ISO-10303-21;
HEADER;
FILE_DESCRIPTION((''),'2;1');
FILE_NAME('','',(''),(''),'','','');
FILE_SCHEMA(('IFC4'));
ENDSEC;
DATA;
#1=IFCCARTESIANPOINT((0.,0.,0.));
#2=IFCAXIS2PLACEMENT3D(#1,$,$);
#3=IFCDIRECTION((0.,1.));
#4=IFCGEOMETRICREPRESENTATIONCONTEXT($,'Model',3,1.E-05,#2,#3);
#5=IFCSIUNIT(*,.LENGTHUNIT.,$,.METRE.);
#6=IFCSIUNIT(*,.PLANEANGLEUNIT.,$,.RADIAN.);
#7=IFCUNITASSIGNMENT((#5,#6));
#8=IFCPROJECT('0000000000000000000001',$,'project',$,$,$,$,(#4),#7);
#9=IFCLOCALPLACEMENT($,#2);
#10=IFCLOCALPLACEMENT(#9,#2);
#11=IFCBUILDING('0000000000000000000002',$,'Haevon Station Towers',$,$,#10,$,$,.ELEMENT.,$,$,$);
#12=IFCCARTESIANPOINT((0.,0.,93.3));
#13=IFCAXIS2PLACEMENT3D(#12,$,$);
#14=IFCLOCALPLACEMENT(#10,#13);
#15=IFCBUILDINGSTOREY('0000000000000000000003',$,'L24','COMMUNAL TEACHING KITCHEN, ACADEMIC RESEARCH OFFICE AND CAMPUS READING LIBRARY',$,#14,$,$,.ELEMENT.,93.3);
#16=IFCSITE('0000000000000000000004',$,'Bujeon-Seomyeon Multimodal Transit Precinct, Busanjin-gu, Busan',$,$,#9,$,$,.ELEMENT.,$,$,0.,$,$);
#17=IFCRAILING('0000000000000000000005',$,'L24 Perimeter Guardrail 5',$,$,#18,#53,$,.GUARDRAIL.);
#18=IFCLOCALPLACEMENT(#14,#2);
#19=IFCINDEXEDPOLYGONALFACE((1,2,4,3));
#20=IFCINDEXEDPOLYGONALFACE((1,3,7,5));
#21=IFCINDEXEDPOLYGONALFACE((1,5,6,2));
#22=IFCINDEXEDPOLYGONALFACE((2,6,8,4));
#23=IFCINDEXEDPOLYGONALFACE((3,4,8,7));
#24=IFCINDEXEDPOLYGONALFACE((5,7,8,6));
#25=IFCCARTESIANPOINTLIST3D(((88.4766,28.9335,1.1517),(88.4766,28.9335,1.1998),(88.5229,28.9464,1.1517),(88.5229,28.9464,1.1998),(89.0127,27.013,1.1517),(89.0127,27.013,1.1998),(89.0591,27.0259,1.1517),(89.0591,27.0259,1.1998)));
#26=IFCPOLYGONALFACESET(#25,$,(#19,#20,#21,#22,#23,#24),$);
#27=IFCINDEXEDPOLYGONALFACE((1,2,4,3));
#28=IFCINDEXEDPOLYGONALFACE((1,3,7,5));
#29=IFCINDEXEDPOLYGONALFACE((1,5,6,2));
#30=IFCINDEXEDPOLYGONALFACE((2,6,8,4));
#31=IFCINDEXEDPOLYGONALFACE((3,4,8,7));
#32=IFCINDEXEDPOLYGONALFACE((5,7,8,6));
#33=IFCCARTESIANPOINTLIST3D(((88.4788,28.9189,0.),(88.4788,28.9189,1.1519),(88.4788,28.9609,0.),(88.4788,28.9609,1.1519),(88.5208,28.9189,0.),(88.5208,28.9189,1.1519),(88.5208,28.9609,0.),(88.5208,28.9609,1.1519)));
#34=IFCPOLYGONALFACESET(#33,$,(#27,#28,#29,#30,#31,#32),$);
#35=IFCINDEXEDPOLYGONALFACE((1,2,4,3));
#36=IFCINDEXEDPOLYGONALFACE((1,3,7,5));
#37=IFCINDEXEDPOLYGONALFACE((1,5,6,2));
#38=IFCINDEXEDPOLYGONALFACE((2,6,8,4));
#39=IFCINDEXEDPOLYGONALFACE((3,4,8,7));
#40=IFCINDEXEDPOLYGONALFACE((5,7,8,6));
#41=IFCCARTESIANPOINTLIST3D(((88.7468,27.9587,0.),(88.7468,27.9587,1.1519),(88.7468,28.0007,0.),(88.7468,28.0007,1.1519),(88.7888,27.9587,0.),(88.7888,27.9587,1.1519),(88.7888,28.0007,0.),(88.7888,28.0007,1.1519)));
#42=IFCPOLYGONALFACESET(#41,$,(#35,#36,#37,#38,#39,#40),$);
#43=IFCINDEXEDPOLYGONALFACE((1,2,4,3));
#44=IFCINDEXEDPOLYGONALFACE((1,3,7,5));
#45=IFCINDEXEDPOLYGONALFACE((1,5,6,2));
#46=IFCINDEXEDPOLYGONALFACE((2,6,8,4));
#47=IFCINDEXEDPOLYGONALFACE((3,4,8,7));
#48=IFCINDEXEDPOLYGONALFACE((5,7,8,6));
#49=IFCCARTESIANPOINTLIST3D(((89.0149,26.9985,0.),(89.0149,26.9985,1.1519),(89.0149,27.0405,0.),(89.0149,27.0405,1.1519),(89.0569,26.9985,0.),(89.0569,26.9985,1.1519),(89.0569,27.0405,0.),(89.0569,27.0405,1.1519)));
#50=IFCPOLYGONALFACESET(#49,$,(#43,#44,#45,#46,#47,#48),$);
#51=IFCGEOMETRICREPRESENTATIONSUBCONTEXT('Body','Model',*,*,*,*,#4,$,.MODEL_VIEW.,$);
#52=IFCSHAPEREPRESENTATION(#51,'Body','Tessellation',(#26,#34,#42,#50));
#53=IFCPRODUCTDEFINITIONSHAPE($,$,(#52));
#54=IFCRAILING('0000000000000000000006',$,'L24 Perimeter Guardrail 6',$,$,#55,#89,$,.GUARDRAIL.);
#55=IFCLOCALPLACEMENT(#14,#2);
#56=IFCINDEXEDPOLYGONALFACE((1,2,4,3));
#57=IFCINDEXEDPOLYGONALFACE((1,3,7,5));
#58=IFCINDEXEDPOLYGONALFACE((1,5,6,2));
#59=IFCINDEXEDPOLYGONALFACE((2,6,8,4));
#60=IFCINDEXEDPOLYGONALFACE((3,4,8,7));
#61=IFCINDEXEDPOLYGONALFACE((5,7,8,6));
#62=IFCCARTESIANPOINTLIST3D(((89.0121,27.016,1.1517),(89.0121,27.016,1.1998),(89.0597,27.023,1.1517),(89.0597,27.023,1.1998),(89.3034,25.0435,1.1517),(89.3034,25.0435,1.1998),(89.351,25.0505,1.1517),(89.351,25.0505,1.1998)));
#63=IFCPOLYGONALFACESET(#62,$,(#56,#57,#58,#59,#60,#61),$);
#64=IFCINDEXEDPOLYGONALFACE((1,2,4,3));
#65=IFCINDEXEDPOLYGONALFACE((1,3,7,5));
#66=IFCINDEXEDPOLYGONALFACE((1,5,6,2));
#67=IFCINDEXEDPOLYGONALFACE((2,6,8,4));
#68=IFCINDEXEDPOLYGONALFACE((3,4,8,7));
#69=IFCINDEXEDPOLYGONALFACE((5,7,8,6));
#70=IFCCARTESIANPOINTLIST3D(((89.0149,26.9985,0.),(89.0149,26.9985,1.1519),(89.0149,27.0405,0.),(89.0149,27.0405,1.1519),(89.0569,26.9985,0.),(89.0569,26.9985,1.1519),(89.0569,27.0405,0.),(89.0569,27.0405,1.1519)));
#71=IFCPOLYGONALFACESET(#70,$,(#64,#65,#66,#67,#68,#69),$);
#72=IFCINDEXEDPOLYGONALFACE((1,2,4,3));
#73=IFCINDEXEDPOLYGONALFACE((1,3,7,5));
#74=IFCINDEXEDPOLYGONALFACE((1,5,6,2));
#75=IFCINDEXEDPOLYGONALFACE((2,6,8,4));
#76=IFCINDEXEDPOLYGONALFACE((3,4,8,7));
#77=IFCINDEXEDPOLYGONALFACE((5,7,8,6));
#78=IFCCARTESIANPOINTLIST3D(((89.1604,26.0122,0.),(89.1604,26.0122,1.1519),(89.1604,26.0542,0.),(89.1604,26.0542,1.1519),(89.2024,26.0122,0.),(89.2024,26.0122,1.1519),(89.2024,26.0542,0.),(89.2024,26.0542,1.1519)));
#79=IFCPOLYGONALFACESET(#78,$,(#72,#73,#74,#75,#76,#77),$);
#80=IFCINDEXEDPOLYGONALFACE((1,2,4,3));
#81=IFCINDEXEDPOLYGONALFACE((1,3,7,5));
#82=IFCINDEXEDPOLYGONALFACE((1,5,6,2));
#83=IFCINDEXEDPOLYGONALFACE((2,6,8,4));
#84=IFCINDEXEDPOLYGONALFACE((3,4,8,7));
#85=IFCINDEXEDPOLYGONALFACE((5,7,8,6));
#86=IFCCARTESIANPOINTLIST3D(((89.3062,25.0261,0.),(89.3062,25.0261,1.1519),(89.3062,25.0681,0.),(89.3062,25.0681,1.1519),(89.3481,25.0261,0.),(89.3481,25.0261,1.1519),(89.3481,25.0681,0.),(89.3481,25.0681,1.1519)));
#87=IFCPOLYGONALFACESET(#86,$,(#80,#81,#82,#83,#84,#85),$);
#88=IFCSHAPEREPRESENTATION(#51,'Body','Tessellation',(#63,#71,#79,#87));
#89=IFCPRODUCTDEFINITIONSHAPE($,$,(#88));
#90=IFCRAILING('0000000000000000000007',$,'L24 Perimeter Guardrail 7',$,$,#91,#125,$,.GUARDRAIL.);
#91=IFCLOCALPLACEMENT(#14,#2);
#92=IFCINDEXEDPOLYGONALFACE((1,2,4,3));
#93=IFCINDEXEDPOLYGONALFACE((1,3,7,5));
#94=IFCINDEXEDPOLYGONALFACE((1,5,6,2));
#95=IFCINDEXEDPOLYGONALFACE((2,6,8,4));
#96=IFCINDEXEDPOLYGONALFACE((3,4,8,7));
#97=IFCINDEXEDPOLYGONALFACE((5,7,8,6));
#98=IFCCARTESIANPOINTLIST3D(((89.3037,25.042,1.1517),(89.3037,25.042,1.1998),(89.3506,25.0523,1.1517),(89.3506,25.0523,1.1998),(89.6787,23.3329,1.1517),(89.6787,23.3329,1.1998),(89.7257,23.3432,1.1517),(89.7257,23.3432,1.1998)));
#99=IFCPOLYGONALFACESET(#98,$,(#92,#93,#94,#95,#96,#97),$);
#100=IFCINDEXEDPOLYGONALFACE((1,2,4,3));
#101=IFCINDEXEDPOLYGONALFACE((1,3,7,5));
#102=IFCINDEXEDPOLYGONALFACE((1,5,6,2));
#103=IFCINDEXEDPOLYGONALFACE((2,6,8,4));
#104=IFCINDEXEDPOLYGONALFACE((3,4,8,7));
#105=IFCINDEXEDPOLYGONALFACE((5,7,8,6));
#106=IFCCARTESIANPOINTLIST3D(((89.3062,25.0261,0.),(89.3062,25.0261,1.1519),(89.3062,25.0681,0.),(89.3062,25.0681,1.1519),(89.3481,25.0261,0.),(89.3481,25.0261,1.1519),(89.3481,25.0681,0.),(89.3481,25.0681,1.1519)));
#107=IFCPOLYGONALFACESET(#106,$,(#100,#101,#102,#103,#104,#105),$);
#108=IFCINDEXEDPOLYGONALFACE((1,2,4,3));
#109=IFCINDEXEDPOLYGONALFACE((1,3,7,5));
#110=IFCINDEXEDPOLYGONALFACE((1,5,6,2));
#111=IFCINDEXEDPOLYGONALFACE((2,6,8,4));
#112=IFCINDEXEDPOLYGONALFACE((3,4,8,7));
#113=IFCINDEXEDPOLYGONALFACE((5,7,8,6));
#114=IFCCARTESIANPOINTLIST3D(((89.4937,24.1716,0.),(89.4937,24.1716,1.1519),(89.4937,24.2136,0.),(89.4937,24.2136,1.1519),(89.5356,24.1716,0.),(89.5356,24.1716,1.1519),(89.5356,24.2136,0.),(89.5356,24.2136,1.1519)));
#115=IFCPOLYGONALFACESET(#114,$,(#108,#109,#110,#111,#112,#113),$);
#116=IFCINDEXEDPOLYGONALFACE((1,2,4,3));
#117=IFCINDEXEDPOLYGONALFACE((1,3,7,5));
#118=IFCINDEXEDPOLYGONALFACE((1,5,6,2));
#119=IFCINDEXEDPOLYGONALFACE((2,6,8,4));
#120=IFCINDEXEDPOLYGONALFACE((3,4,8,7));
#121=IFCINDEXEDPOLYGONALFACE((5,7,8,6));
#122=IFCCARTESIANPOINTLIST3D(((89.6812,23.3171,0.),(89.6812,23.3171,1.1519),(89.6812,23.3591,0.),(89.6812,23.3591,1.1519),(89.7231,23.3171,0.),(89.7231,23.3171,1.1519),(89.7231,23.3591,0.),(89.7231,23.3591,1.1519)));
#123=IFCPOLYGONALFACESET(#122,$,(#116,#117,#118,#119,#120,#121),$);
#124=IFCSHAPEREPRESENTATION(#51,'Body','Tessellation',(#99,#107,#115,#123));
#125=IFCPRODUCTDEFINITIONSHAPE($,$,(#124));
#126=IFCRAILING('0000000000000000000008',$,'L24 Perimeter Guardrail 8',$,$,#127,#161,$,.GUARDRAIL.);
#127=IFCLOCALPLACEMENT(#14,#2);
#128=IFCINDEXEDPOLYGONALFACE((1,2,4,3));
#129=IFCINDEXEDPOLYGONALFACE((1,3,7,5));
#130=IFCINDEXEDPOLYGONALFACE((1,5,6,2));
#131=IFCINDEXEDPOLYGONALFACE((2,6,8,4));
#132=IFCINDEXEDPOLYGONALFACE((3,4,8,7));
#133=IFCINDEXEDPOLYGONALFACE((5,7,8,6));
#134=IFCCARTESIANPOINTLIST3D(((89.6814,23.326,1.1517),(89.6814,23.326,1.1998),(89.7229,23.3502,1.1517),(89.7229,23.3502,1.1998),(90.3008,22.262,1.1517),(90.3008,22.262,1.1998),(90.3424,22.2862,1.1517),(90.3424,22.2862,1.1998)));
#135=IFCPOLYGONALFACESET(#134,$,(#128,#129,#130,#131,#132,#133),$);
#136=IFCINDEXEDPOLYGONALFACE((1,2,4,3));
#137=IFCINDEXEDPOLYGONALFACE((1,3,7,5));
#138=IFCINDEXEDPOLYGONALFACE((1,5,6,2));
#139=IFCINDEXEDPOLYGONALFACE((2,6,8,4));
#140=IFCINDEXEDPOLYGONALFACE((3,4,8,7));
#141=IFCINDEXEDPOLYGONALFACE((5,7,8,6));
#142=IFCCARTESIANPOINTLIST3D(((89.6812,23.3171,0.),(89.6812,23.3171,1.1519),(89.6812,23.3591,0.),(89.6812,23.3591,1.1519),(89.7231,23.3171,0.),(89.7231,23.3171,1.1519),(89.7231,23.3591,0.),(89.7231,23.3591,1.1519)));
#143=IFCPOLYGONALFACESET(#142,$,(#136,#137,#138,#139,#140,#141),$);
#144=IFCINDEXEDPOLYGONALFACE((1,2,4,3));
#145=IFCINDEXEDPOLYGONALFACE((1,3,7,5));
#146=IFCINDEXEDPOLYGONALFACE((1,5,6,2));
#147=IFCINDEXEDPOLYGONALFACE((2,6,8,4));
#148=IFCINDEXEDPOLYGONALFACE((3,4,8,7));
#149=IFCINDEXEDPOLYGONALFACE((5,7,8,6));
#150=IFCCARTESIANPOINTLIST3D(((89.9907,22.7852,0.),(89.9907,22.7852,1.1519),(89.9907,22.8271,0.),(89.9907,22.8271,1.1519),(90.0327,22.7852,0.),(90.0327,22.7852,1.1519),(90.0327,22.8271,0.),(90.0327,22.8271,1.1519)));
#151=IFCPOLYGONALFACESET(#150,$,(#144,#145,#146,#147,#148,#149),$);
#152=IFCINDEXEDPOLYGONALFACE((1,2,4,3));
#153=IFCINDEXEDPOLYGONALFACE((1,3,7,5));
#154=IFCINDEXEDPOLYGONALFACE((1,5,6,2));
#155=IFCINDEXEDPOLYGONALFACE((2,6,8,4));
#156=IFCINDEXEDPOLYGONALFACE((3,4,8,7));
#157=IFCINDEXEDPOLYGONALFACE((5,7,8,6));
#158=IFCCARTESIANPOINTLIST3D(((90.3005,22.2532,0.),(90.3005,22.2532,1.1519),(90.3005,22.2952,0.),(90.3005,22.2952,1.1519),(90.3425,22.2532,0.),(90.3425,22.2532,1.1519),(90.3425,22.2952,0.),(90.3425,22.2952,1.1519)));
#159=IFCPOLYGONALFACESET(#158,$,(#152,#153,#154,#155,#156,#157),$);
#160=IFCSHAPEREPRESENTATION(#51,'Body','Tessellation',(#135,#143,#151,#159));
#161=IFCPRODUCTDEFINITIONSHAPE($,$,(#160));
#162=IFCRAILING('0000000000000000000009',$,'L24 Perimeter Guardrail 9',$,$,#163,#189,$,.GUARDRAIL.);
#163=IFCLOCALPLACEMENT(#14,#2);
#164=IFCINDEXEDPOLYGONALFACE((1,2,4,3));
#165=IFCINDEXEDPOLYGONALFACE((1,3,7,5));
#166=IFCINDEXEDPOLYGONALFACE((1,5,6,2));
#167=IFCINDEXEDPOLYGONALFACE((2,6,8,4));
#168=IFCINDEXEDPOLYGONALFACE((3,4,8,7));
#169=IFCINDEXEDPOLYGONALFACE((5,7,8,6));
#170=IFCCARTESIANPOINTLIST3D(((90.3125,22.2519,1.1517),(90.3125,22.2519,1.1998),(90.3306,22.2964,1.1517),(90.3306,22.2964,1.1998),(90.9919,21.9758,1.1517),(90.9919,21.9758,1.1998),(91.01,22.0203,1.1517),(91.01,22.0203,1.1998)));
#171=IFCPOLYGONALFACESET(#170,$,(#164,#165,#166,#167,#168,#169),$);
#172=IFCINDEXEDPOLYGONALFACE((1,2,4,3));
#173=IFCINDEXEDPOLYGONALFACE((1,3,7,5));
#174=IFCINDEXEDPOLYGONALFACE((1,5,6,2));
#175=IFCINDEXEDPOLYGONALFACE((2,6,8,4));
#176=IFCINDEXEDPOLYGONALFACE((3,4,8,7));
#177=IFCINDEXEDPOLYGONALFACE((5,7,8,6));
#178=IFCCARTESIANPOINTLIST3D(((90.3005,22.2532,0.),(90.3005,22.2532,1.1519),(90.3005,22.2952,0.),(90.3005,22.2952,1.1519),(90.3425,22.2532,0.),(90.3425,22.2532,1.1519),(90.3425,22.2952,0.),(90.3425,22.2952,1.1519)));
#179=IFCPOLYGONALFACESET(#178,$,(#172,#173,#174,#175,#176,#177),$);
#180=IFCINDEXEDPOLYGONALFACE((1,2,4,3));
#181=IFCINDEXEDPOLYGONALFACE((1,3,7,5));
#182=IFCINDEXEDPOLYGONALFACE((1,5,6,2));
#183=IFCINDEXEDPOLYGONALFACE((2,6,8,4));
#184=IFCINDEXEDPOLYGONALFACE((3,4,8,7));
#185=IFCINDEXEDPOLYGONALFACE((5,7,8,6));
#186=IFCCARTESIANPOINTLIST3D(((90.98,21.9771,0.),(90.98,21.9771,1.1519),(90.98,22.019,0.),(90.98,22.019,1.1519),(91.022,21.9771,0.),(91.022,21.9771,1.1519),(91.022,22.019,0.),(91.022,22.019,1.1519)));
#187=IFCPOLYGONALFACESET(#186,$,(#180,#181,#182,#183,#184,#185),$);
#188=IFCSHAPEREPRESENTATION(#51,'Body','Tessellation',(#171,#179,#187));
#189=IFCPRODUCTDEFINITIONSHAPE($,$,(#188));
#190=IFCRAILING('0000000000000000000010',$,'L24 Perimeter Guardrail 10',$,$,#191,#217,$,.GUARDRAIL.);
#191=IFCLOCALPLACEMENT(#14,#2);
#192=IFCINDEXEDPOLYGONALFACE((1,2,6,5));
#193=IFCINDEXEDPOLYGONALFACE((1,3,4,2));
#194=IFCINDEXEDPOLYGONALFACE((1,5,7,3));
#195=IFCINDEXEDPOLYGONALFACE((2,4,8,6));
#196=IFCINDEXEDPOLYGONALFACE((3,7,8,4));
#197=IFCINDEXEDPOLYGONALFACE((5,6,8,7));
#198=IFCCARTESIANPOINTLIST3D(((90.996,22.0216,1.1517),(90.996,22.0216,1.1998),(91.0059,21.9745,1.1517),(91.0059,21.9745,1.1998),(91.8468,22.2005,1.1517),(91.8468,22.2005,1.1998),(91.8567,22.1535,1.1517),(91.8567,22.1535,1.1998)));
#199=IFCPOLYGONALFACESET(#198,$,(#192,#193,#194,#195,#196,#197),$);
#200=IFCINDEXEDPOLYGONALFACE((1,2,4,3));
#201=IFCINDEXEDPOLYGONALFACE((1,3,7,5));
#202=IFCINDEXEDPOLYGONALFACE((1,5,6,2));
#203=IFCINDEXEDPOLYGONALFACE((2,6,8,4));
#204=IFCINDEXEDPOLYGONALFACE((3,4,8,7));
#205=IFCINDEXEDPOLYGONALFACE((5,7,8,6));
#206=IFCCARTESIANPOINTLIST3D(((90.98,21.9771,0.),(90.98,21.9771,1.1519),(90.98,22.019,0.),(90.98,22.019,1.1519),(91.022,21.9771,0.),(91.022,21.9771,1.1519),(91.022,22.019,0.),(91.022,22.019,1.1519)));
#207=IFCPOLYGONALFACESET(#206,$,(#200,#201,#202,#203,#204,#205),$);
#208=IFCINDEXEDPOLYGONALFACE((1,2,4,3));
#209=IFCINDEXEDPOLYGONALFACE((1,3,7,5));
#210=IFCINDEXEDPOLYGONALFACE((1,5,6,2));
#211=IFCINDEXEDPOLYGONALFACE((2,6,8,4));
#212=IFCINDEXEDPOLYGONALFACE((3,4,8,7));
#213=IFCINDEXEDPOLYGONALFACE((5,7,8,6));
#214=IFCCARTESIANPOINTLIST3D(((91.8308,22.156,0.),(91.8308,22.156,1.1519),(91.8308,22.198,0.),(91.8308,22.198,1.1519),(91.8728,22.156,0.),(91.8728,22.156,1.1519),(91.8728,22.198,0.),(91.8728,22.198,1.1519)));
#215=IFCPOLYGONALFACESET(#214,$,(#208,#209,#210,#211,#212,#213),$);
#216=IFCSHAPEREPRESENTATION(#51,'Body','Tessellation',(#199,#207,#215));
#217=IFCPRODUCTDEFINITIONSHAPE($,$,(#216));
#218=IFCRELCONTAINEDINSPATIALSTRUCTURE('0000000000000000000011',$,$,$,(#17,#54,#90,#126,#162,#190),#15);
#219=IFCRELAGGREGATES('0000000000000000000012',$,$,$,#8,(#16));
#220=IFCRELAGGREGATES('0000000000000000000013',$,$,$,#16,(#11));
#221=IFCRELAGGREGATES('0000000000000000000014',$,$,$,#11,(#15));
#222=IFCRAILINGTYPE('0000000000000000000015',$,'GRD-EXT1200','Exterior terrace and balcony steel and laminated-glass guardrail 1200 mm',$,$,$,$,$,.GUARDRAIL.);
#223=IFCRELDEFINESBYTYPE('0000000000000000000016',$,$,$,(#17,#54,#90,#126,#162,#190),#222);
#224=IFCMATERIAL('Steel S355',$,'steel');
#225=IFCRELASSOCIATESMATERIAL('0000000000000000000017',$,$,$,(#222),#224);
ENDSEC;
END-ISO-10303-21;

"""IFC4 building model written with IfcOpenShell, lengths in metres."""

from ifc_helpers import new_model, si_unit, direction, frame, origin, origin_2d, place, context, subcontext, project, spatial, rectangle, extrude, material, type_object, element, save


model = new_model("IFC4")

# Units and contexts
model_context = context("Model", 3, precision=1e-05, world=origin(), true_north=direction((0.0, 1.0)))
body_context = subcontext(model_context, "Body", "Model", "MODEL_VIEW")
ifc_project = project(units=[si_unit("LENGTHUNIT", "METRE"), si_unit("PLANEANGLEUNIT", "RADIAN")], contexts=[model_context])

# Site, building, storey
site_placement = place(None, origin())
site = spatial("IfcSite", under=ifc_project, at=site_placement, Name="Bujeon-Seomyeon Multimodal Transit Precinct, Busanjin-gu, Busan", CompositionType="ELEMENT", RefElevation=0.0)
building_placement = place(site_placement, origin())
building = spatial("IfcBuilding", under=site, at=building_placement, Name="Haevon Station Towers", CompositionType="ELEMENT")
storey_placement = place(building_placement, frame((0.0, 0.0, 93.3)))
storey = spatial("IfcBuildingStorey", under=building, at=storey_placement, Name="L24", Description="COMMUNAL TEACHING KITCHEN, ACADEMIC RESEARCH OFFICE AND CAMPUS READING LIBRARY", CompositionType="ELEMENT", Elevation=93.3)

# Shared definitions
ifc_material_1 = material(Name="Steel S355", Category="steel")

# Railings
railing_type = type_object("IfcRailingType", Name="GRD-EXT1200", Description="Exterior terrace and balcony steel and laminated-glass guardrail 1200 mm", PredefinedType="GUARDRAIL", material=ifc_material_1)
railing_1_placement = place(storey_placement, frame((88.4998, 28.9399, 0.0)))
element("IfcRailing", 1, at=railing_1_placement, inside=storey, type_object=railing_type, Name="L24 Perimeter Guardrail 5", PredefinedType="GUARDRAIL", context=body_context, shape_type="SweptSolid", body=[
    extrude(rectangle(XDim=0.0481, YDim=0.0481, at=origin_2d()), frame((0.0, 0.0, 1.1758), z_axis=(0.268894, -0.96317, 0.0), x_axis=(0.96317, 0.268894, 0.0)), (0.0, 0.0, 1.0), 1.9939),
    extrude(rectangle(XDim=0.042, YDim=0.042, at=origin_2d()), origin(), (0.0, 0.0, 1.0), 1.1519),
    extrude(rectangle(XDim=0.042, YDim=0.042, at=origin_2d()), frame((0.2681, -0.9602, 0.0)), (0.0, 0.0, 1.0), 1.1519),
    extrude(rectangle(XDim=0.042, YDim=0.042, at=origin_2d()), frame((0.5361, -1.9204, 0.0)), (0.0, 0.0, 1.0), 1.1519),
])
railing_2_placement = place(storey_placement, frame((89.0359, 27.0195, 0.0)))
element("IfcRailing", 2, at=railing_2_placement, inside=storey, type_object=railing_type, Name="L24 Perimeter Guardrail 6", PredefinedType="GUARDRAIL", context=body_context, shape_type="SweptSolid", body=[
    extrude(rectangle(XDim=0.0481, YDim=0.0481, at=origin_2d()), frame((0.0, 0.0, 1.1758), z_axis=(0.146083, -0.989272, 0.0), x_axis=(0.989272, 0.146083, 0.0)), (0.0, 0.0, 1.0), 1.9939),
    extrude(rectangle(XDim=0.042, YDim=0.042, at=origin_2d()), origin(), (0.0, 0.0, 1.0), 1.1519),
    extrude(rectangle(XDim=0.042, YDim=0.042, at=origin_2d()), frame((0.1455, -0.9863, 0.0)), (0.0, 0.0, 1.0), 1.1519),
    extrude(rectangle(XDim=0.042, YDim=0.042, at=origin_2d()), frame((0.2913, -1.9724, 0.0)), (0.0, 0.0, 1.0), 1.1519),
])
railing_3_placement = place(storey_placement, frame((89.3271, 25.0471, 0.0)))
element("IfcRailing", 3, at=railing_3_placement, inside=storey, type_object=railing_type, Name="L24 Perimeter Guardrail 7", PredefinedType="GUARDRAIL", context=body_context, shape_type="SweptSolid", body=[
    extrude(rectangle(XDim=0.0481, YDim=0.0481, at=origin_2d()), frame((0.0, 0.0, 1.1758), z_axis=(0.214329, -0.976761, 0.0), x_axis=(0.976761, 0.214329, 0.0)), (0.0, 0.0, 1.0), 1.7498),
    extrude(rectangle(XDim=0.042, YDim=0.042, at=origin_2d()), origin(), (0.0, 0.0, 1.0), 1.1519),
    extrude(rectangle(XDim=0.042, YDim=0.042, at=origin_2d()), frame((0.1875, -0.8545, 0.0)), (0.0, 0.0, 1.0), 1.1519),
    extrude(rectangle(XDim=0.042, YDim=0.042, at=origin_2d()), frame((0.375, -1.709, 0.0)), (0.0, 0.0, 1.0), 1.1519),
])
railing_4_placement = place(storey_placement, frame((89.7021, 23.3381, 0.0)))
element("IfcRailing", 4, at=railing_4_placement, inside=storey, type_object=railing_type, Name="L24 Perimeter Guardrail 8", PredefinedType="GUARDRAIL", context=body_context, shape_type="SweptSolid", body=[
    extrude(rectangle(XDim=0.0481, YDim=0.0481, at=origin_2d()), frame((0.0, 0.0, 1.1758), z_axis=(0.503106, -0.864224, 0.0), x_axis=(0.864224, 0.503106, 0.0)), (0.0, 0.0, 1.0), 1.2312),
    extrude(rectangle(XDim=0.042, YDim=0.042, at=origin_2d()), origin(), (0.0, 0.0, 1.0), 1.1519),
    extrude(rectangle(XDim=0.042, YDim=0.042, at=origin_2d()), frame((0.3096, -0.532, 0.0)), (0.0, 0.0, 1.0), 1.1519),
    extrude(rectangle(XDim=0.042, YDim=0.042, at=origin_2d()), frame((0.6194, -1.064, 0.0)), (0.0, 0.0, 1.0), 1.1519),
])
railing_5_placement = place(storey_placement, frame((90.3215, 22.2742, 0.0)))
element("IfcRailing", 5, at=railing_5_placement, inside=storey, type_object=railing_type, Name="L24 Perimeter Guardrail 9", PredefinedType="GUARDRAIL", context=body_context, shape_type="SweptSolid", body=[
    extrude(rectangle(XDim=0.0481, YDim=0.0481, at=origin_2d()), frame((0.0, 0.0, 1.1758), z_axis=(0.926419, -0.376493, 0.0), x_axis=(0.376493, 0.926419, 0.0)), (0.0, 0.0, 1.0), 0.7334),
    extrude(rectangle(XDim=0.042, YDim=0.042, at=origin_2d()), origin(), (0.0, 0.0, 1.0), 1.1519),
    extrude(rectangle(XDim=0.042, YDim=0.042, at=origin_2d()), frame((0.6794, -0.2761, 0.0)), (0.0, 0.0, 1.0), 1.1519),
])
railing_6_placement = place(storey_placement, frame((91.001, 21.998, 0.0)))
element("IfcRailing", 6, at=railing_6_placement, inside=storey, type_object=railing_type, Name="L24 Perimeter Guardrail 10", PredefinedType="GUARDRAIL", context=body_context, shape_type="SweptSolid", body=[
    extrude(rectangle(XDim=0.0481, YDim=0.0481, at=origin_2d()), frame((0.0, 0.0, 1.1758), z_axis=(0.978588, 0.205827, 0.0), x_axis=(-0.205827, 0.978588, 0.0)), (0.0, 0.0, 1.0), 0.8694),
    extrude(rectangle(XDim=0.042, YDim=0.042, at=origin_2d()), origin(), (0.0, 0.0, 1.0), 1.1519),
    extrude(rectangle(XDim=0.042, YDim=0.042, at=origin_2d()), frame((0.8508, 0.179, 0.0)), (0.0, 0.0, 1.0), 1.1519),
])

save(model, "model.ifc")
